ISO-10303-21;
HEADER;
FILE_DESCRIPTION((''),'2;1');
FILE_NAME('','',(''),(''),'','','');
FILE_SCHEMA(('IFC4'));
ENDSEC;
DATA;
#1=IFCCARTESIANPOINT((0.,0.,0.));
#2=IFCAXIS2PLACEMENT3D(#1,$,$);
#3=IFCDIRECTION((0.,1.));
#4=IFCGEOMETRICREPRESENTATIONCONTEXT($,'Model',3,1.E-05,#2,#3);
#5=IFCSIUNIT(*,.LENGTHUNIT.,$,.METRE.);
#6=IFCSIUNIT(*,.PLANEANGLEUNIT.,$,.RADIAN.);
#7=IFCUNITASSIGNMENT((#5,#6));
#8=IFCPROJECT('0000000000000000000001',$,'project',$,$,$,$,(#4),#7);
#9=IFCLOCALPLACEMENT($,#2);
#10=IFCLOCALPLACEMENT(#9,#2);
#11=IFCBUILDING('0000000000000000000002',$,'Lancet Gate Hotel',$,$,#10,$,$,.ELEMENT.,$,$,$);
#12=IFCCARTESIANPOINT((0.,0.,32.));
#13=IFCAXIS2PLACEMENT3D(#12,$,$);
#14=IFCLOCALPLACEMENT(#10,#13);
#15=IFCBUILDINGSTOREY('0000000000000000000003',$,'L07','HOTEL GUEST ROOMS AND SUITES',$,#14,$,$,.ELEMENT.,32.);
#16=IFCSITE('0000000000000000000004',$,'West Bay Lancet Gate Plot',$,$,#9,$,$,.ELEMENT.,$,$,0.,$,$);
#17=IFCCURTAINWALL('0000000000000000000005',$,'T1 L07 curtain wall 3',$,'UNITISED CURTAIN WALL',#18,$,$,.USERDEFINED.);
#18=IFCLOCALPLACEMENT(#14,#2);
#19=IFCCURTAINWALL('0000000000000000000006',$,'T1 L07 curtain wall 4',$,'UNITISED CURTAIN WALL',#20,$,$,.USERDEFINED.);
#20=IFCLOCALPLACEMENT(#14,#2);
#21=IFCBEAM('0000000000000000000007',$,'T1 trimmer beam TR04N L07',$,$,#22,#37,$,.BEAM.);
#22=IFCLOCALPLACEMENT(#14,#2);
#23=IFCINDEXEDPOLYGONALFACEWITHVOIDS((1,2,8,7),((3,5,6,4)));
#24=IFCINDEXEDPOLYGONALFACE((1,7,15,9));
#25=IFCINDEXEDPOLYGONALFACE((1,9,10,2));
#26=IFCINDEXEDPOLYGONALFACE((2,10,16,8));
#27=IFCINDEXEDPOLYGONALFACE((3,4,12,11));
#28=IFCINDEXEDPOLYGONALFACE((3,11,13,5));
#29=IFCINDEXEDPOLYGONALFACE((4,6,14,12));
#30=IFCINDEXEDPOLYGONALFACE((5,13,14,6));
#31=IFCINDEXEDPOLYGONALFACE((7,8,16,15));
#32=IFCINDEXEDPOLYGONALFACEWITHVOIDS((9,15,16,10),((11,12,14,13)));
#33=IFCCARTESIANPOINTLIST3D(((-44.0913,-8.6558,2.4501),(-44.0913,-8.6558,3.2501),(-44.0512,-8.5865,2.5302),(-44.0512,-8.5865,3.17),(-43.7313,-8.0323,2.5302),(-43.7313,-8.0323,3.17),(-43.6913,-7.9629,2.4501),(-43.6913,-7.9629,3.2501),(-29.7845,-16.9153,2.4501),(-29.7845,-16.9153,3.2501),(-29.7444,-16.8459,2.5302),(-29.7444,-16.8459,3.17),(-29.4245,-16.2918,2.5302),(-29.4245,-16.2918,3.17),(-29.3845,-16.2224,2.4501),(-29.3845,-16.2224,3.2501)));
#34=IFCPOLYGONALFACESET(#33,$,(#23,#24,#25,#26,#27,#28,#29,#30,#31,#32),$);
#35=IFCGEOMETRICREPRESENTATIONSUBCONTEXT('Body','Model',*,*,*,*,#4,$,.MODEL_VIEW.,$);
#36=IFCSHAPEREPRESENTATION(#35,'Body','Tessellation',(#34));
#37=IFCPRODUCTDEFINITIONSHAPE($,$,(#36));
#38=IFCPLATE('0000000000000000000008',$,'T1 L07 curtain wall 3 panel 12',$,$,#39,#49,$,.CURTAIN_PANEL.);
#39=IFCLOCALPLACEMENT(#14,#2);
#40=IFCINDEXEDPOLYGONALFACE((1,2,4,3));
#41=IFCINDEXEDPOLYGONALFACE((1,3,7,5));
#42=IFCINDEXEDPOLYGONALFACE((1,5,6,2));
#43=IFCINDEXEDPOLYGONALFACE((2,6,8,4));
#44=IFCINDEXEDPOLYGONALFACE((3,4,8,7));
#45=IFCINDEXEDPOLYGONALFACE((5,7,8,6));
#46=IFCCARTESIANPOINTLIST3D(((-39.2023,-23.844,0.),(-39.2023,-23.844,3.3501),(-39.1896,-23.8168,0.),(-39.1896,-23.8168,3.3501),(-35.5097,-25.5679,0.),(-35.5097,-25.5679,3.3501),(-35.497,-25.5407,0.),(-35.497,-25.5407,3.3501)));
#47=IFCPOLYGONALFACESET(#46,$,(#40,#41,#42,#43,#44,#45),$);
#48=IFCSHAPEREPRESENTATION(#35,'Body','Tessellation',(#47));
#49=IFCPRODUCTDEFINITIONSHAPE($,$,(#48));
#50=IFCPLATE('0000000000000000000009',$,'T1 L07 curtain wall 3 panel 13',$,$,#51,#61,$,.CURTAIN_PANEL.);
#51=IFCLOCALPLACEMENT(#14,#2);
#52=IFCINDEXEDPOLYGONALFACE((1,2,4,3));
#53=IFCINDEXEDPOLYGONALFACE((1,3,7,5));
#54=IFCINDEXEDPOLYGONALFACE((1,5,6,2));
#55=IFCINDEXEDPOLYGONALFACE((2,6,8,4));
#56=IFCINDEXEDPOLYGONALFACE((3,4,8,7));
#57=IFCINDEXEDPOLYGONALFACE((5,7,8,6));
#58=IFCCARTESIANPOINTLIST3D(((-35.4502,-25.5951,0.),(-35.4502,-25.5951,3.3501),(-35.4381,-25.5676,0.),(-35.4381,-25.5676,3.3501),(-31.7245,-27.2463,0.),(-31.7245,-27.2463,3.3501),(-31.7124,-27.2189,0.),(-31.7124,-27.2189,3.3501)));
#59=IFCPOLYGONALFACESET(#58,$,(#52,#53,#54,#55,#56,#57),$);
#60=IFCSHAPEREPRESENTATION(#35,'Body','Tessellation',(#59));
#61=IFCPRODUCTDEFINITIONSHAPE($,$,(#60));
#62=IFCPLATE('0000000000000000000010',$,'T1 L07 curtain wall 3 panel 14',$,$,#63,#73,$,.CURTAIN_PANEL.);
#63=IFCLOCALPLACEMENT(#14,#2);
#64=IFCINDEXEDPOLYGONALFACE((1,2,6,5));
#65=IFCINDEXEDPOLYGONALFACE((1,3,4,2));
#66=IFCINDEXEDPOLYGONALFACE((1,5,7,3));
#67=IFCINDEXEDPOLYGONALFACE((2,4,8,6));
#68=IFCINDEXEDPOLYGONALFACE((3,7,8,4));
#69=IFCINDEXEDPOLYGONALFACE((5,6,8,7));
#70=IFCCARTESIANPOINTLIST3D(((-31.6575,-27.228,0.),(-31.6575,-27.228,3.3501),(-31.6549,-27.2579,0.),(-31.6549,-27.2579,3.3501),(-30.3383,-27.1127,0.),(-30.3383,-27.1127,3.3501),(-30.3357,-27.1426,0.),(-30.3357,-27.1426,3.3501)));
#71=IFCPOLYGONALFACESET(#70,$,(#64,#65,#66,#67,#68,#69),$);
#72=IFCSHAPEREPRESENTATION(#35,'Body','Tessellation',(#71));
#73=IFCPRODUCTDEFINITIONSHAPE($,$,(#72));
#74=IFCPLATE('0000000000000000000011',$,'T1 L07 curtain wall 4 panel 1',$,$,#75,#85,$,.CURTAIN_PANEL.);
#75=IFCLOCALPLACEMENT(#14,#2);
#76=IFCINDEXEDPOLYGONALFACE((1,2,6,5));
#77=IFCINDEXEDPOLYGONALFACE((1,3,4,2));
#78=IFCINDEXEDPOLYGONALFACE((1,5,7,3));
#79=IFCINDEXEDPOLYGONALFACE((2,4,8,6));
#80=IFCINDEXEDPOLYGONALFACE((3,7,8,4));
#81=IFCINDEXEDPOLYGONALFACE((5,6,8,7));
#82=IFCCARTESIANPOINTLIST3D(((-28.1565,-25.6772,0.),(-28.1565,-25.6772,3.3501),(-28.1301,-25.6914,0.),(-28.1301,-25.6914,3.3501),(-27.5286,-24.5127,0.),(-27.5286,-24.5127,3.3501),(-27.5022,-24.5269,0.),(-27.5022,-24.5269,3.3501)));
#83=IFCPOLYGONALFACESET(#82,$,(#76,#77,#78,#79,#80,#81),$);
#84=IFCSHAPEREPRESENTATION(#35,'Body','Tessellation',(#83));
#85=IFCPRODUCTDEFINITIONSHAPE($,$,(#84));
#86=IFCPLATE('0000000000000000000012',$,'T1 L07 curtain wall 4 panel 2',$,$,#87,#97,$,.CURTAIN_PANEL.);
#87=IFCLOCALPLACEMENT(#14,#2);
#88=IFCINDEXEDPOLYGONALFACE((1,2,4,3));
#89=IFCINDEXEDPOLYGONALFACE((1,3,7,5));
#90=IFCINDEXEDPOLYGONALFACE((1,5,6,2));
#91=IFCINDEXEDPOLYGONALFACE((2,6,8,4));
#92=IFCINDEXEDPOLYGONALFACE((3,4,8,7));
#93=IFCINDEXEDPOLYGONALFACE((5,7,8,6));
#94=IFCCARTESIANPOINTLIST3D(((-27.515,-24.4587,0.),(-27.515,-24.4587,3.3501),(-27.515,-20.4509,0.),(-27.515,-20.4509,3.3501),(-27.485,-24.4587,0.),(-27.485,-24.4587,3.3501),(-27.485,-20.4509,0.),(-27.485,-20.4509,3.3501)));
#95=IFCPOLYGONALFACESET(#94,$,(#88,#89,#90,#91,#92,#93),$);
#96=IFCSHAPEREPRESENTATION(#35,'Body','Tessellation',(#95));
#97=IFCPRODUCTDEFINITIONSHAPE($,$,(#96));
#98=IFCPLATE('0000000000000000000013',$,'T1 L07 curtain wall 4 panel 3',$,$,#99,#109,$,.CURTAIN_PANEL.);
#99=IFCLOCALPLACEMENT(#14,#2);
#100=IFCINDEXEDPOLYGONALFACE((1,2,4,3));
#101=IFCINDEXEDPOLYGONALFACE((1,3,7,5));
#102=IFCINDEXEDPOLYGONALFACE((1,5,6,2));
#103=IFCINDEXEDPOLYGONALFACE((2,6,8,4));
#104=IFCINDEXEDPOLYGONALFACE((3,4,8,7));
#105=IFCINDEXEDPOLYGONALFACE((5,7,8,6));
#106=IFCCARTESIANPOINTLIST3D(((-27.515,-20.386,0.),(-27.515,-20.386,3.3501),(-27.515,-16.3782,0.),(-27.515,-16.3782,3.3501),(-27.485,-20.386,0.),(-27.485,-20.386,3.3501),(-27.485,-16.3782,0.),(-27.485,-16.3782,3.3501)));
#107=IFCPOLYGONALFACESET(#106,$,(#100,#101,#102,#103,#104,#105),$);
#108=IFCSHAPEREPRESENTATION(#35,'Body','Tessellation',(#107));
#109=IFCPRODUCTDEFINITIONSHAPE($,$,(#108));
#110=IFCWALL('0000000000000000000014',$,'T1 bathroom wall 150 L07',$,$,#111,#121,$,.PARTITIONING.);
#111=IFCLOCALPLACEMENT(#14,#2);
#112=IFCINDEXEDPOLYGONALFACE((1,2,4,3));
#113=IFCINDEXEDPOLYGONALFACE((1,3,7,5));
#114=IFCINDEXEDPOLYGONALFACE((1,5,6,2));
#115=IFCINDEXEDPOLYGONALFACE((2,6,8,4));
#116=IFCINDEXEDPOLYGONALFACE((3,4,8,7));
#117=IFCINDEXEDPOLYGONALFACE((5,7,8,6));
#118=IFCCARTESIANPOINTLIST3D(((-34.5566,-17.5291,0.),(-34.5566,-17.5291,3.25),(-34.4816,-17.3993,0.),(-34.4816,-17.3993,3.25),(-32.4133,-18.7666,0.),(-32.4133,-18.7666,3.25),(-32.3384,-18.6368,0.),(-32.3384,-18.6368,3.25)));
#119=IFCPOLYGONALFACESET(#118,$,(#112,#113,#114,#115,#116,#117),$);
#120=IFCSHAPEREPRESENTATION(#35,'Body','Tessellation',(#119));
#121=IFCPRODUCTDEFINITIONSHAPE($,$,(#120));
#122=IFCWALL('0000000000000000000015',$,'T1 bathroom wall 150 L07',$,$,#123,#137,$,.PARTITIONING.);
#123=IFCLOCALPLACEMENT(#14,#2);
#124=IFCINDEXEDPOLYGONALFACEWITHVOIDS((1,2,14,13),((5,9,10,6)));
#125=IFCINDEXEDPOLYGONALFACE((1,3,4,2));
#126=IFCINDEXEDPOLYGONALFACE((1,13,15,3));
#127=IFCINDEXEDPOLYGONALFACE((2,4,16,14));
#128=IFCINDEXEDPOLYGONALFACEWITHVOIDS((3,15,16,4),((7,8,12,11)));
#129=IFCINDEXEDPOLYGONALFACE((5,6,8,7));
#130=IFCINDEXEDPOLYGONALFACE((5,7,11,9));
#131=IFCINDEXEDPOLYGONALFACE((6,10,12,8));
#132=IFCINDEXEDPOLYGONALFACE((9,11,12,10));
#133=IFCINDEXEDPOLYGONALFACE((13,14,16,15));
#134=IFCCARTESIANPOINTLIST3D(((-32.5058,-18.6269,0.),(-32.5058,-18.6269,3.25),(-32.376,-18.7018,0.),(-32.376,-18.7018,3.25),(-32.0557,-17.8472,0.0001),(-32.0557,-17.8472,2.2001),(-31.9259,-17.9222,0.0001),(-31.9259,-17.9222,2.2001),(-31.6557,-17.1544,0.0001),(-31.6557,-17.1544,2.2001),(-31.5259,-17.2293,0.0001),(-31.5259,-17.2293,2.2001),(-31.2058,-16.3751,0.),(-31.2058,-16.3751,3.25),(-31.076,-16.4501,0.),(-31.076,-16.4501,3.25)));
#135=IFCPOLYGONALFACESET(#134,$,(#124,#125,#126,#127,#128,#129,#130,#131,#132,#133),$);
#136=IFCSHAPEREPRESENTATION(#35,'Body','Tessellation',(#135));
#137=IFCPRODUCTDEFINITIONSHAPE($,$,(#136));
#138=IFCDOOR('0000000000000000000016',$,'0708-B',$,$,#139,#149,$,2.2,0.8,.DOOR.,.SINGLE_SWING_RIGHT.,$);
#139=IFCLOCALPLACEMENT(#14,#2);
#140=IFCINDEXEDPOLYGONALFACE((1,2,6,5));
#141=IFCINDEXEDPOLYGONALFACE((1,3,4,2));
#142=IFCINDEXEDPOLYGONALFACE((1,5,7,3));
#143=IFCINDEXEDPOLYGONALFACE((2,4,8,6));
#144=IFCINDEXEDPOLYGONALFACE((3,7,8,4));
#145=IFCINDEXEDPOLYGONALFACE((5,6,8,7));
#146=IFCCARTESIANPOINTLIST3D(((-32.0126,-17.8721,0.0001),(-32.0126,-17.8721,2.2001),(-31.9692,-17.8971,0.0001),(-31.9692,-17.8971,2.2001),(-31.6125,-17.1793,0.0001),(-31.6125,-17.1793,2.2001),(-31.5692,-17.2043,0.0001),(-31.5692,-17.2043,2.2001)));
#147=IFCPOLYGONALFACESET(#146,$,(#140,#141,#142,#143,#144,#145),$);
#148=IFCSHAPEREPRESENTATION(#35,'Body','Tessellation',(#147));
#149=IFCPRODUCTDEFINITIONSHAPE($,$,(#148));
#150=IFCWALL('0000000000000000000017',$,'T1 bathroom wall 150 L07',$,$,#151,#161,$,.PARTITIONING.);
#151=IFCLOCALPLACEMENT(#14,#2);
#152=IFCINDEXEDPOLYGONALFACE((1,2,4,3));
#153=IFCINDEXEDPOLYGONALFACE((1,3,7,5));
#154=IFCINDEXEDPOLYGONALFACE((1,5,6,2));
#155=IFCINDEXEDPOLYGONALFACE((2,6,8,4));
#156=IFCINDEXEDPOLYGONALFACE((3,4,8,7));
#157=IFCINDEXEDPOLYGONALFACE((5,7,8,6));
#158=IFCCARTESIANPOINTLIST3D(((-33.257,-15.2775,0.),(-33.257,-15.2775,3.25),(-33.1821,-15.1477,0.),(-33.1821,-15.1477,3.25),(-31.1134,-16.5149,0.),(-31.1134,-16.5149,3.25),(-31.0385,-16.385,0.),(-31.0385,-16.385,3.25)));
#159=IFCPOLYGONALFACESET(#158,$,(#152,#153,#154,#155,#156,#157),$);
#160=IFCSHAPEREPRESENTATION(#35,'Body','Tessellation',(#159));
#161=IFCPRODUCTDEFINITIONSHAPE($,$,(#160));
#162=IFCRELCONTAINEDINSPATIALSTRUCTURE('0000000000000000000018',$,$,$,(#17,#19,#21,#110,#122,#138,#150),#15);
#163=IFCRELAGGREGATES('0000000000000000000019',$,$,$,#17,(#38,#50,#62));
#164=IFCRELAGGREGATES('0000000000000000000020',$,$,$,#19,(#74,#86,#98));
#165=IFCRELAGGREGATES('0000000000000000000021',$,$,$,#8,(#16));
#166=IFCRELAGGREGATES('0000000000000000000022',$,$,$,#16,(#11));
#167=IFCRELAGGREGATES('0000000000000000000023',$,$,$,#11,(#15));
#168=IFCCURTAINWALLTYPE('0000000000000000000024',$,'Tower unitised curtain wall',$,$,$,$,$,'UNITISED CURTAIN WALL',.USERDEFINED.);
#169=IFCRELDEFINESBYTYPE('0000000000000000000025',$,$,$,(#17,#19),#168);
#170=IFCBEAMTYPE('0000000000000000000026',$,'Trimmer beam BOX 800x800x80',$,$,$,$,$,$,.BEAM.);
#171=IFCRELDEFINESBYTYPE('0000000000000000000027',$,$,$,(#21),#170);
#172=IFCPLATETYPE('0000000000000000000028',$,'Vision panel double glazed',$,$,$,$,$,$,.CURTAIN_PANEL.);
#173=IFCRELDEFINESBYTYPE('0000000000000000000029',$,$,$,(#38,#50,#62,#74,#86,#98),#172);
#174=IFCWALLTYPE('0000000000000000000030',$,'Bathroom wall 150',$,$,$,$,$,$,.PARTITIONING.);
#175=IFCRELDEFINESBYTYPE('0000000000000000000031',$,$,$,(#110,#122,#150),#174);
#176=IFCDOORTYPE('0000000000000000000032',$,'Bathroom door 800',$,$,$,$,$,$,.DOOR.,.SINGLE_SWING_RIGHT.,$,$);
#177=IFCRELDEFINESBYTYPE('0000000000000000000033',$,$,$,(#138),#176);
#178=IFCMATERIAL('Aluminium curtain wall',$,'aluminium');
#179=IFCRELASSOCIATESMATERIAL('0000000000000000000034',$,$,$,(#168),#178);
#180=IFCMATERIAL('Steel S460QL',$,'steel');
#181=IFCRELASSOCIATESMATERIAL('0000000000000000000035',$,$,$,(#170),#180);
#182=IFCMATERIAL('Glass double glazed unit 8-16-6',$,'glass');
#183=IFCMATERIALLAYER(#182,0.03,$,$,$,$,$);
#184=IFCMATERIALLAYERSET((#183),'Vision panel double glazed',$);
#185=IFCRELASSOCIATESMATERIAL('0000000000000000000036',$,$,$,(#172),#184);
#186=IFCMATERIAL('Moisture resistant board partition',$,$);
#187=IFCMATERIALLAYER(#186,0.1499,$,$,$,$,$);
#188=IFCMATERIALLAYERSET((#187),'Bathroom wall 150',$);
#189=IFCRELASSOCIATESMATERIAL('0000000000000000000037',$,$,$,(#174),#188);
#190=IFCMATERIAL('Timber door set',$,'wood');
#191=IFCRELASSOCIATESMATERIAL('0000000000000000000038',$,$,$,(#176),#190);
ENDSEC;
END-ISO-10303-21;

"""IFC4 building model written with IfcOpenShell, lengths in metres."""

from ifc_helpers import new_model, si_unit, direction, frame, frame_2d, origin, origin_2d, place, context, subcontext, project, spatial, rectangle, hollow_rectangle, extrude, material, layer, layer_set, material_profile, profile_set, type_object, element, fill, aggregate, save


model = new_model("IFC4")

# Units and contexts
model_context = context("Model", 3, precision=1e-05, world=origin(), true_north=direction((0.0, 1.0)))
body_context = subcontext(model_context, "Body", "Model", "MODEL_VIEW")
ifc_project = project(units=[si_unit("LENGTHUNIT", "METRE"), si_unit("PLANEANGLEUNIT", "RADIAN")], contexts=[model_context])

# Site, building, storey
site_placement = place(None, origin())
site = spatial("IfcSite", under=ifc_project, at=site_placement, Name="West Bay Lancet Gate Plot", CompositionType="ELEMENT", RefElevation=0.0)
building_placement = place(site_placement, origin())
building = spatial("IfcBuilding", under=site, at=building_placement, Name="Lancet Gate Hotel", CompositionType="ELEMENT")
storey_placement = place(building_placement, frame((0.0, 0.0, 32.0)))
storey = spatial("IfcBuildingStorey", under=building, at=storey_placement, Name="L07", Description="HOTEL GUEST ROOMS AND SUITES", CompositionType="ELEMENT", Elevation=32.0)

# Curtain walls
ifc_material_1 = material(Name="Aluminium curtain wall", Category="aluminium")
curtain_wall_type = type_object("IfcCurtainWallType", Name="Tower unitised curtain wall", ElementType="UNITISED CURTAIN WALL", PredefinedType="USERDEFINED", material=ifc_material_1)
curtain_wall_1_placement = place(storey_placement, origin())
curtain_wall_1 = element("IfcCurtainWall", 1, at=curtain_wall_1_placement, inside=storey, type_object=curtain_wall_type, Name="T1 L07 curtain wall 3", ObjectType="UNITISED CURTAIN WALL", PredefinedType="USERDEFINED")
curtain_wall_2_placement = place(storey_placement, origin())
curtain_wall_2 = element("IfcCurtainWall", 2, at=curtain_wall_2_placement, inside=storey, type_object=curtain_wall_type, Name="T1 L07 curtain wall 4", ObjectType="UNITISED CURTAIN WALL", PredefinedType="USERDEFINED")

# Beam
ifc_material_2 = material(Name="Steel S460QL", Category="steel")
ifc_material_profile_1 = material_profile(ifc_material_2, hollow_rectangle(XDim=0.8, YDim=0.8, WallThickness=0.0801, at=origin_2d()), Name="BOX 800x800x80")
ifc_profile_set_1 = profile_set([ifc_material_profile_1], Name="Steel S460QL")
beam_type_1 = type_object("IfcBeamType", Name="Trimmer beam BOX 800x800x80", PredefinedType="BEAM", material=ifc_profile_set_1)
for number, where, z_axis, x_axis, name in (
    (3, (-29.5845, -16.5688, 2.8501), (-0.86604, 0.499974, 0.0), (-0.499974, -0.86604, 0.0), "T1 trimmer beam TR04N L07"),
):
    element("IfcBeam", number, at=place(storey_placement, frame(where, z_axis=z_axis, x_axis=x_axis)), inside=storey, type_object=beam_type_1, Name=name, PredefinedType="BEAM", context=body_context, shape_type="SweptSolid", body=[
        extrude(hollow_rectangle(XDim=0.8, YDim=0.8, WallThickness=0.0801, at=origin_2d()), origin(), (0.0, 0.0, 1.0), 16.5198),
    ])

# Plates
ifc_material_3 = material(Name="Glass double glazed unit 8-16-6", Category="glass")
ifc_layer_1 = layer(ifc_material_3, 0.03)
ifc_layer_set_1 = layer_set([ifc_layer_1], Name="Vision panel double glazed")
plate_type = type_object("IfcPlateType", Name="Vision panel double glazed", PredefinedType="CURTAIN_PANEL", material=ifc_layer_set_1)
plate_1_placement = place(storey_placement, frame((-37.3496, -24.6924, 0.0), z_axis=(0.0, 0.0, 1.0), x_axis=(0.906118, -0.423026, 0.0)))
plate_1 = element("IfcPlate", 4, at=plate_1_placement, type_object=plate_type, Name="T1 L07 curtain wall 3 panel 12", PredefinedType="CURTAIN_PANEL", context=body_context, shape_type="SweptSolid", body=[
    extrude(rectangle(XDim=4.0752, YDim=0.03, at=origin_2d()), origin(), (0.0, 0.0, 1.0), 3.3501),
])
plate_2_placement = place(storey_placement, frame((-33.5813, -26.407, 0.0), z_axis=(0.0, 0.0, 1.0), x_axis=(0.914234, -0.405186, 0.0)))
plate_2 = element("IfcPlate", 5, at=plate_2_placement, type_object=plate_type, Name="T1 L07 curtain wall 3 panel 13", PredefinedType="CURTAIN_PANEL", context=body_context, shape_type="SweptSolid", body=[
    extrude(rectangle(XDim=4.0752, YDim=0.03, at=origin_2d()), origin(), (0.0, 0.0, 1.0), 3.3501),
])
plate_3_placement = place(storey_placement, frame((-30.9966, -27.1853, 0.0), z_axis=(0.0, 0.0, 1.0), x_axis=(0.996204, 0.087052, 0.0)))
plate_3 = element("IfcPlate", 6, at=plate_3_placement, type_object=plate_type, Name="T1 L07 curtain wall 3 panel 14", PredefinedType="CURTAIN_PANEL", context=body_context, shape_type="SweptSolid", body=[
    extrude(rectangle(XDim=1.3242, YDim=0.03, at=origin_2d()), origin(), (0.0, 0.0, 1.0), 3.3501),
])
aggregate(curtain_wall_1, [plate_1, plate_2, plate_3])
plate_4_placement = place(storey_placement, frame((-27.8293, -25.1021, 0.0), z_axis=(0.0, 0.0, 1.0), x_axis=(0.474631, 0.880185, 0.0)))
plate_4 = element("IfcPlate", 7, at=plate_4_placement, type_object=plate_type, Name="T1 L07 curtain wall 4 panel 1", PredefinedType="CURTAIN_PANEL", context=body_context, shape_type="SweptSolid", body=[
    extrude(rectangle(XDim=1.323, YDim=0.03, at=origin_2d()), origin(), (0.0, 0.0, 1.0), 3.3501),
])
plate_5_placement = place(storey_placement, frame((-27.5, -22.4548, 0.0), z_axis=(0.0, 0.0, 1.0), x_axis=(0.0, 1.0, 0.0)))
plate_5 = element("IfcPlate", 8, at=plate_5_placement, type_object=plate_type, Name="T1 L07 curtain wall 4 panel 2", PredefinedType="CURTAIN_PANEL", context=body_context, shape_type="SweptSolid", body=[
    extrude(rectangle(XDim=4.0078, YDim=0.03, at=origin_2d()), origin(), (0.0, 0.0, 1.0), 3.3501),
])
plate_6_placement = place(storey_placement, frame((-27.5, -18.3821, 0.0), z_axis=(0.0, 0.0, 1.0), x_axis=(0.0, 1.0, 0.0)))
plate_6 = element("IfcPlate", 9, at=plate_6_placement, type_object=plate_type, Name="T1 L07 curtain wall 4 panel 3", PredefinedType="CURTAIN_PANEL", context=body_context, shape_type="SweptSolid", body=[
    extrude(rectangle(XDim=4.0078, YDim=0.03, at=origin_2d()), origin(), (0.0, 0.0, 1.0), 3.3501),
])
aggregate(curtain_wall_2, [plate_4, plate_5, plate_6])

# Wall
ifc_material_4 = material(Name="Moisture resistant board partition")
ifc_layer_2 = layer(ifc_material_4, 0.1499)
ifc_layer_set_2 = layer_set([ifc_layer_2], Name="Bathroom wall 150")
wall_type_1 = type_object("IfcWallType", Name="Bathroom wall 150", PredefinedType="PARTITIONING", material=ifc_layer_set_2)
wall_1_placement = place(storey_placement, frame((-32.376, -18.7017, 0.0), z_axis=(0.0, 0.0, 1.0), x_axis=(-0.866007, 0.500033, 0.0)))
element("IfcWall", 10, at=wall_1_placement, inside=storey, type_object=wall_type_1, Name="T1 bathroom wall 150 L07", PredefinedType="PARTITIONING", context=body_context, shape_type="SweptSolid", body=[
    extrude(rectangle(XDim=2.4749, YDim=0.1499, at=frame_2d((1.2373, 0.0))), origin(), (0.0, 0.0, 1.0), 3.25),
])

# Wall, opening, door
wall_2_placement = place(storey_placement, frame((-31.1409, -16.4126, 0.0), z_axis=(0.0, 0.0, 1.0), x_axis=(-0.500007, -0.866021, 0.0)))
wall_2 = element("IfcWall", 11, at=wall_2_placement, inside=storey, type_object=wall_type_1, Name="T1 bathroom wall 150 L07", PredefinedType="PARTITIONING", context=body_context, shape_type="SweptSolid", body=[
    extrude(rectangle(XDim=2.6001, YDim=0.1499, at=frame_2d((1.3, 0.0))), origin(), (0.0, 0.0, 1.0), 3.25),
])
opening_1_placement = place(wall_2_placement, frame((0.8999, 0.0, 0.0)))
opening_1 = element("IfcOpeningElement", 12, at=opening_1_placement, cuts=wall_2, PredefinedType="OPENING", context=body_context, shape_type="SweptSolid", body=[
    extrude(rectangle(XDim=0.8, YDim=2.2, at=frame_2d((0.3999, 1.1001))), frame((0.0, 0.085, 0.0), z_axis=(0.0, -1.0, 0.0), x_axis=(1.0, 0.0, 0.0)), (0.0, 0.0, 1.0), 0.1699),
])
ifc_material_5 = material(Name="Timber door set", Category="wood")
door_type_1 = type_object("IfcDoorType", Name="Bathroom door 800", OperationType="SINGLE_SWING_RIGHT", PredefinedType="DOOR", material=ifc_material_5)
door_1_placement = place(opening_1_placement, origin())
door_1 = element("IfcDoor", 13, at=door_1_placement, inside=storey, type_object=door_type_1, Name="0708-B", OperationType="SINGLE_SWING_RIGHT", OverallHeight=2.2, OverallWidth=0.8, PredefinedType="DOOR", context=body_context, shape_type="SweptSolid", body=[
    extrude(rectangle(XDim=0.8, YDim=2.2, at=frame_2d((0.3999, 1.1001))), frame((0.0, 0.0249, 0.0), z_axis=(0.0, -1.0, 0.0), x_axis=(1.0, 0.0, 0.0)), (0.0, 0.0, 1.0), 0.05),
])
fill(opening_1, door_1)

# Wall
wall_3_placement = place(storey_placement, frame((-31.0759, -16.45, 0.0), z_axis=(0.0, 0.0, 1.0), x_axis=(-0.866074, 0.499916, 0.0)))
element("IfcWall", 14, at=wall_3_placement, inside=storey, type_object=wall_type_1, Name="T1 bathroom wall 150 L07", PredefinedType="PARTITIONING", context=body_context, shape_type="SweptSolid", body=[
    extrude(rectangle(XDim=2.4751, YDim=0.1499, at=frame_2d((1.2375, 0.0))), origin(), (0.0, 0.0, 1.0), 3.25),
])

save(model, "model.ifc")
